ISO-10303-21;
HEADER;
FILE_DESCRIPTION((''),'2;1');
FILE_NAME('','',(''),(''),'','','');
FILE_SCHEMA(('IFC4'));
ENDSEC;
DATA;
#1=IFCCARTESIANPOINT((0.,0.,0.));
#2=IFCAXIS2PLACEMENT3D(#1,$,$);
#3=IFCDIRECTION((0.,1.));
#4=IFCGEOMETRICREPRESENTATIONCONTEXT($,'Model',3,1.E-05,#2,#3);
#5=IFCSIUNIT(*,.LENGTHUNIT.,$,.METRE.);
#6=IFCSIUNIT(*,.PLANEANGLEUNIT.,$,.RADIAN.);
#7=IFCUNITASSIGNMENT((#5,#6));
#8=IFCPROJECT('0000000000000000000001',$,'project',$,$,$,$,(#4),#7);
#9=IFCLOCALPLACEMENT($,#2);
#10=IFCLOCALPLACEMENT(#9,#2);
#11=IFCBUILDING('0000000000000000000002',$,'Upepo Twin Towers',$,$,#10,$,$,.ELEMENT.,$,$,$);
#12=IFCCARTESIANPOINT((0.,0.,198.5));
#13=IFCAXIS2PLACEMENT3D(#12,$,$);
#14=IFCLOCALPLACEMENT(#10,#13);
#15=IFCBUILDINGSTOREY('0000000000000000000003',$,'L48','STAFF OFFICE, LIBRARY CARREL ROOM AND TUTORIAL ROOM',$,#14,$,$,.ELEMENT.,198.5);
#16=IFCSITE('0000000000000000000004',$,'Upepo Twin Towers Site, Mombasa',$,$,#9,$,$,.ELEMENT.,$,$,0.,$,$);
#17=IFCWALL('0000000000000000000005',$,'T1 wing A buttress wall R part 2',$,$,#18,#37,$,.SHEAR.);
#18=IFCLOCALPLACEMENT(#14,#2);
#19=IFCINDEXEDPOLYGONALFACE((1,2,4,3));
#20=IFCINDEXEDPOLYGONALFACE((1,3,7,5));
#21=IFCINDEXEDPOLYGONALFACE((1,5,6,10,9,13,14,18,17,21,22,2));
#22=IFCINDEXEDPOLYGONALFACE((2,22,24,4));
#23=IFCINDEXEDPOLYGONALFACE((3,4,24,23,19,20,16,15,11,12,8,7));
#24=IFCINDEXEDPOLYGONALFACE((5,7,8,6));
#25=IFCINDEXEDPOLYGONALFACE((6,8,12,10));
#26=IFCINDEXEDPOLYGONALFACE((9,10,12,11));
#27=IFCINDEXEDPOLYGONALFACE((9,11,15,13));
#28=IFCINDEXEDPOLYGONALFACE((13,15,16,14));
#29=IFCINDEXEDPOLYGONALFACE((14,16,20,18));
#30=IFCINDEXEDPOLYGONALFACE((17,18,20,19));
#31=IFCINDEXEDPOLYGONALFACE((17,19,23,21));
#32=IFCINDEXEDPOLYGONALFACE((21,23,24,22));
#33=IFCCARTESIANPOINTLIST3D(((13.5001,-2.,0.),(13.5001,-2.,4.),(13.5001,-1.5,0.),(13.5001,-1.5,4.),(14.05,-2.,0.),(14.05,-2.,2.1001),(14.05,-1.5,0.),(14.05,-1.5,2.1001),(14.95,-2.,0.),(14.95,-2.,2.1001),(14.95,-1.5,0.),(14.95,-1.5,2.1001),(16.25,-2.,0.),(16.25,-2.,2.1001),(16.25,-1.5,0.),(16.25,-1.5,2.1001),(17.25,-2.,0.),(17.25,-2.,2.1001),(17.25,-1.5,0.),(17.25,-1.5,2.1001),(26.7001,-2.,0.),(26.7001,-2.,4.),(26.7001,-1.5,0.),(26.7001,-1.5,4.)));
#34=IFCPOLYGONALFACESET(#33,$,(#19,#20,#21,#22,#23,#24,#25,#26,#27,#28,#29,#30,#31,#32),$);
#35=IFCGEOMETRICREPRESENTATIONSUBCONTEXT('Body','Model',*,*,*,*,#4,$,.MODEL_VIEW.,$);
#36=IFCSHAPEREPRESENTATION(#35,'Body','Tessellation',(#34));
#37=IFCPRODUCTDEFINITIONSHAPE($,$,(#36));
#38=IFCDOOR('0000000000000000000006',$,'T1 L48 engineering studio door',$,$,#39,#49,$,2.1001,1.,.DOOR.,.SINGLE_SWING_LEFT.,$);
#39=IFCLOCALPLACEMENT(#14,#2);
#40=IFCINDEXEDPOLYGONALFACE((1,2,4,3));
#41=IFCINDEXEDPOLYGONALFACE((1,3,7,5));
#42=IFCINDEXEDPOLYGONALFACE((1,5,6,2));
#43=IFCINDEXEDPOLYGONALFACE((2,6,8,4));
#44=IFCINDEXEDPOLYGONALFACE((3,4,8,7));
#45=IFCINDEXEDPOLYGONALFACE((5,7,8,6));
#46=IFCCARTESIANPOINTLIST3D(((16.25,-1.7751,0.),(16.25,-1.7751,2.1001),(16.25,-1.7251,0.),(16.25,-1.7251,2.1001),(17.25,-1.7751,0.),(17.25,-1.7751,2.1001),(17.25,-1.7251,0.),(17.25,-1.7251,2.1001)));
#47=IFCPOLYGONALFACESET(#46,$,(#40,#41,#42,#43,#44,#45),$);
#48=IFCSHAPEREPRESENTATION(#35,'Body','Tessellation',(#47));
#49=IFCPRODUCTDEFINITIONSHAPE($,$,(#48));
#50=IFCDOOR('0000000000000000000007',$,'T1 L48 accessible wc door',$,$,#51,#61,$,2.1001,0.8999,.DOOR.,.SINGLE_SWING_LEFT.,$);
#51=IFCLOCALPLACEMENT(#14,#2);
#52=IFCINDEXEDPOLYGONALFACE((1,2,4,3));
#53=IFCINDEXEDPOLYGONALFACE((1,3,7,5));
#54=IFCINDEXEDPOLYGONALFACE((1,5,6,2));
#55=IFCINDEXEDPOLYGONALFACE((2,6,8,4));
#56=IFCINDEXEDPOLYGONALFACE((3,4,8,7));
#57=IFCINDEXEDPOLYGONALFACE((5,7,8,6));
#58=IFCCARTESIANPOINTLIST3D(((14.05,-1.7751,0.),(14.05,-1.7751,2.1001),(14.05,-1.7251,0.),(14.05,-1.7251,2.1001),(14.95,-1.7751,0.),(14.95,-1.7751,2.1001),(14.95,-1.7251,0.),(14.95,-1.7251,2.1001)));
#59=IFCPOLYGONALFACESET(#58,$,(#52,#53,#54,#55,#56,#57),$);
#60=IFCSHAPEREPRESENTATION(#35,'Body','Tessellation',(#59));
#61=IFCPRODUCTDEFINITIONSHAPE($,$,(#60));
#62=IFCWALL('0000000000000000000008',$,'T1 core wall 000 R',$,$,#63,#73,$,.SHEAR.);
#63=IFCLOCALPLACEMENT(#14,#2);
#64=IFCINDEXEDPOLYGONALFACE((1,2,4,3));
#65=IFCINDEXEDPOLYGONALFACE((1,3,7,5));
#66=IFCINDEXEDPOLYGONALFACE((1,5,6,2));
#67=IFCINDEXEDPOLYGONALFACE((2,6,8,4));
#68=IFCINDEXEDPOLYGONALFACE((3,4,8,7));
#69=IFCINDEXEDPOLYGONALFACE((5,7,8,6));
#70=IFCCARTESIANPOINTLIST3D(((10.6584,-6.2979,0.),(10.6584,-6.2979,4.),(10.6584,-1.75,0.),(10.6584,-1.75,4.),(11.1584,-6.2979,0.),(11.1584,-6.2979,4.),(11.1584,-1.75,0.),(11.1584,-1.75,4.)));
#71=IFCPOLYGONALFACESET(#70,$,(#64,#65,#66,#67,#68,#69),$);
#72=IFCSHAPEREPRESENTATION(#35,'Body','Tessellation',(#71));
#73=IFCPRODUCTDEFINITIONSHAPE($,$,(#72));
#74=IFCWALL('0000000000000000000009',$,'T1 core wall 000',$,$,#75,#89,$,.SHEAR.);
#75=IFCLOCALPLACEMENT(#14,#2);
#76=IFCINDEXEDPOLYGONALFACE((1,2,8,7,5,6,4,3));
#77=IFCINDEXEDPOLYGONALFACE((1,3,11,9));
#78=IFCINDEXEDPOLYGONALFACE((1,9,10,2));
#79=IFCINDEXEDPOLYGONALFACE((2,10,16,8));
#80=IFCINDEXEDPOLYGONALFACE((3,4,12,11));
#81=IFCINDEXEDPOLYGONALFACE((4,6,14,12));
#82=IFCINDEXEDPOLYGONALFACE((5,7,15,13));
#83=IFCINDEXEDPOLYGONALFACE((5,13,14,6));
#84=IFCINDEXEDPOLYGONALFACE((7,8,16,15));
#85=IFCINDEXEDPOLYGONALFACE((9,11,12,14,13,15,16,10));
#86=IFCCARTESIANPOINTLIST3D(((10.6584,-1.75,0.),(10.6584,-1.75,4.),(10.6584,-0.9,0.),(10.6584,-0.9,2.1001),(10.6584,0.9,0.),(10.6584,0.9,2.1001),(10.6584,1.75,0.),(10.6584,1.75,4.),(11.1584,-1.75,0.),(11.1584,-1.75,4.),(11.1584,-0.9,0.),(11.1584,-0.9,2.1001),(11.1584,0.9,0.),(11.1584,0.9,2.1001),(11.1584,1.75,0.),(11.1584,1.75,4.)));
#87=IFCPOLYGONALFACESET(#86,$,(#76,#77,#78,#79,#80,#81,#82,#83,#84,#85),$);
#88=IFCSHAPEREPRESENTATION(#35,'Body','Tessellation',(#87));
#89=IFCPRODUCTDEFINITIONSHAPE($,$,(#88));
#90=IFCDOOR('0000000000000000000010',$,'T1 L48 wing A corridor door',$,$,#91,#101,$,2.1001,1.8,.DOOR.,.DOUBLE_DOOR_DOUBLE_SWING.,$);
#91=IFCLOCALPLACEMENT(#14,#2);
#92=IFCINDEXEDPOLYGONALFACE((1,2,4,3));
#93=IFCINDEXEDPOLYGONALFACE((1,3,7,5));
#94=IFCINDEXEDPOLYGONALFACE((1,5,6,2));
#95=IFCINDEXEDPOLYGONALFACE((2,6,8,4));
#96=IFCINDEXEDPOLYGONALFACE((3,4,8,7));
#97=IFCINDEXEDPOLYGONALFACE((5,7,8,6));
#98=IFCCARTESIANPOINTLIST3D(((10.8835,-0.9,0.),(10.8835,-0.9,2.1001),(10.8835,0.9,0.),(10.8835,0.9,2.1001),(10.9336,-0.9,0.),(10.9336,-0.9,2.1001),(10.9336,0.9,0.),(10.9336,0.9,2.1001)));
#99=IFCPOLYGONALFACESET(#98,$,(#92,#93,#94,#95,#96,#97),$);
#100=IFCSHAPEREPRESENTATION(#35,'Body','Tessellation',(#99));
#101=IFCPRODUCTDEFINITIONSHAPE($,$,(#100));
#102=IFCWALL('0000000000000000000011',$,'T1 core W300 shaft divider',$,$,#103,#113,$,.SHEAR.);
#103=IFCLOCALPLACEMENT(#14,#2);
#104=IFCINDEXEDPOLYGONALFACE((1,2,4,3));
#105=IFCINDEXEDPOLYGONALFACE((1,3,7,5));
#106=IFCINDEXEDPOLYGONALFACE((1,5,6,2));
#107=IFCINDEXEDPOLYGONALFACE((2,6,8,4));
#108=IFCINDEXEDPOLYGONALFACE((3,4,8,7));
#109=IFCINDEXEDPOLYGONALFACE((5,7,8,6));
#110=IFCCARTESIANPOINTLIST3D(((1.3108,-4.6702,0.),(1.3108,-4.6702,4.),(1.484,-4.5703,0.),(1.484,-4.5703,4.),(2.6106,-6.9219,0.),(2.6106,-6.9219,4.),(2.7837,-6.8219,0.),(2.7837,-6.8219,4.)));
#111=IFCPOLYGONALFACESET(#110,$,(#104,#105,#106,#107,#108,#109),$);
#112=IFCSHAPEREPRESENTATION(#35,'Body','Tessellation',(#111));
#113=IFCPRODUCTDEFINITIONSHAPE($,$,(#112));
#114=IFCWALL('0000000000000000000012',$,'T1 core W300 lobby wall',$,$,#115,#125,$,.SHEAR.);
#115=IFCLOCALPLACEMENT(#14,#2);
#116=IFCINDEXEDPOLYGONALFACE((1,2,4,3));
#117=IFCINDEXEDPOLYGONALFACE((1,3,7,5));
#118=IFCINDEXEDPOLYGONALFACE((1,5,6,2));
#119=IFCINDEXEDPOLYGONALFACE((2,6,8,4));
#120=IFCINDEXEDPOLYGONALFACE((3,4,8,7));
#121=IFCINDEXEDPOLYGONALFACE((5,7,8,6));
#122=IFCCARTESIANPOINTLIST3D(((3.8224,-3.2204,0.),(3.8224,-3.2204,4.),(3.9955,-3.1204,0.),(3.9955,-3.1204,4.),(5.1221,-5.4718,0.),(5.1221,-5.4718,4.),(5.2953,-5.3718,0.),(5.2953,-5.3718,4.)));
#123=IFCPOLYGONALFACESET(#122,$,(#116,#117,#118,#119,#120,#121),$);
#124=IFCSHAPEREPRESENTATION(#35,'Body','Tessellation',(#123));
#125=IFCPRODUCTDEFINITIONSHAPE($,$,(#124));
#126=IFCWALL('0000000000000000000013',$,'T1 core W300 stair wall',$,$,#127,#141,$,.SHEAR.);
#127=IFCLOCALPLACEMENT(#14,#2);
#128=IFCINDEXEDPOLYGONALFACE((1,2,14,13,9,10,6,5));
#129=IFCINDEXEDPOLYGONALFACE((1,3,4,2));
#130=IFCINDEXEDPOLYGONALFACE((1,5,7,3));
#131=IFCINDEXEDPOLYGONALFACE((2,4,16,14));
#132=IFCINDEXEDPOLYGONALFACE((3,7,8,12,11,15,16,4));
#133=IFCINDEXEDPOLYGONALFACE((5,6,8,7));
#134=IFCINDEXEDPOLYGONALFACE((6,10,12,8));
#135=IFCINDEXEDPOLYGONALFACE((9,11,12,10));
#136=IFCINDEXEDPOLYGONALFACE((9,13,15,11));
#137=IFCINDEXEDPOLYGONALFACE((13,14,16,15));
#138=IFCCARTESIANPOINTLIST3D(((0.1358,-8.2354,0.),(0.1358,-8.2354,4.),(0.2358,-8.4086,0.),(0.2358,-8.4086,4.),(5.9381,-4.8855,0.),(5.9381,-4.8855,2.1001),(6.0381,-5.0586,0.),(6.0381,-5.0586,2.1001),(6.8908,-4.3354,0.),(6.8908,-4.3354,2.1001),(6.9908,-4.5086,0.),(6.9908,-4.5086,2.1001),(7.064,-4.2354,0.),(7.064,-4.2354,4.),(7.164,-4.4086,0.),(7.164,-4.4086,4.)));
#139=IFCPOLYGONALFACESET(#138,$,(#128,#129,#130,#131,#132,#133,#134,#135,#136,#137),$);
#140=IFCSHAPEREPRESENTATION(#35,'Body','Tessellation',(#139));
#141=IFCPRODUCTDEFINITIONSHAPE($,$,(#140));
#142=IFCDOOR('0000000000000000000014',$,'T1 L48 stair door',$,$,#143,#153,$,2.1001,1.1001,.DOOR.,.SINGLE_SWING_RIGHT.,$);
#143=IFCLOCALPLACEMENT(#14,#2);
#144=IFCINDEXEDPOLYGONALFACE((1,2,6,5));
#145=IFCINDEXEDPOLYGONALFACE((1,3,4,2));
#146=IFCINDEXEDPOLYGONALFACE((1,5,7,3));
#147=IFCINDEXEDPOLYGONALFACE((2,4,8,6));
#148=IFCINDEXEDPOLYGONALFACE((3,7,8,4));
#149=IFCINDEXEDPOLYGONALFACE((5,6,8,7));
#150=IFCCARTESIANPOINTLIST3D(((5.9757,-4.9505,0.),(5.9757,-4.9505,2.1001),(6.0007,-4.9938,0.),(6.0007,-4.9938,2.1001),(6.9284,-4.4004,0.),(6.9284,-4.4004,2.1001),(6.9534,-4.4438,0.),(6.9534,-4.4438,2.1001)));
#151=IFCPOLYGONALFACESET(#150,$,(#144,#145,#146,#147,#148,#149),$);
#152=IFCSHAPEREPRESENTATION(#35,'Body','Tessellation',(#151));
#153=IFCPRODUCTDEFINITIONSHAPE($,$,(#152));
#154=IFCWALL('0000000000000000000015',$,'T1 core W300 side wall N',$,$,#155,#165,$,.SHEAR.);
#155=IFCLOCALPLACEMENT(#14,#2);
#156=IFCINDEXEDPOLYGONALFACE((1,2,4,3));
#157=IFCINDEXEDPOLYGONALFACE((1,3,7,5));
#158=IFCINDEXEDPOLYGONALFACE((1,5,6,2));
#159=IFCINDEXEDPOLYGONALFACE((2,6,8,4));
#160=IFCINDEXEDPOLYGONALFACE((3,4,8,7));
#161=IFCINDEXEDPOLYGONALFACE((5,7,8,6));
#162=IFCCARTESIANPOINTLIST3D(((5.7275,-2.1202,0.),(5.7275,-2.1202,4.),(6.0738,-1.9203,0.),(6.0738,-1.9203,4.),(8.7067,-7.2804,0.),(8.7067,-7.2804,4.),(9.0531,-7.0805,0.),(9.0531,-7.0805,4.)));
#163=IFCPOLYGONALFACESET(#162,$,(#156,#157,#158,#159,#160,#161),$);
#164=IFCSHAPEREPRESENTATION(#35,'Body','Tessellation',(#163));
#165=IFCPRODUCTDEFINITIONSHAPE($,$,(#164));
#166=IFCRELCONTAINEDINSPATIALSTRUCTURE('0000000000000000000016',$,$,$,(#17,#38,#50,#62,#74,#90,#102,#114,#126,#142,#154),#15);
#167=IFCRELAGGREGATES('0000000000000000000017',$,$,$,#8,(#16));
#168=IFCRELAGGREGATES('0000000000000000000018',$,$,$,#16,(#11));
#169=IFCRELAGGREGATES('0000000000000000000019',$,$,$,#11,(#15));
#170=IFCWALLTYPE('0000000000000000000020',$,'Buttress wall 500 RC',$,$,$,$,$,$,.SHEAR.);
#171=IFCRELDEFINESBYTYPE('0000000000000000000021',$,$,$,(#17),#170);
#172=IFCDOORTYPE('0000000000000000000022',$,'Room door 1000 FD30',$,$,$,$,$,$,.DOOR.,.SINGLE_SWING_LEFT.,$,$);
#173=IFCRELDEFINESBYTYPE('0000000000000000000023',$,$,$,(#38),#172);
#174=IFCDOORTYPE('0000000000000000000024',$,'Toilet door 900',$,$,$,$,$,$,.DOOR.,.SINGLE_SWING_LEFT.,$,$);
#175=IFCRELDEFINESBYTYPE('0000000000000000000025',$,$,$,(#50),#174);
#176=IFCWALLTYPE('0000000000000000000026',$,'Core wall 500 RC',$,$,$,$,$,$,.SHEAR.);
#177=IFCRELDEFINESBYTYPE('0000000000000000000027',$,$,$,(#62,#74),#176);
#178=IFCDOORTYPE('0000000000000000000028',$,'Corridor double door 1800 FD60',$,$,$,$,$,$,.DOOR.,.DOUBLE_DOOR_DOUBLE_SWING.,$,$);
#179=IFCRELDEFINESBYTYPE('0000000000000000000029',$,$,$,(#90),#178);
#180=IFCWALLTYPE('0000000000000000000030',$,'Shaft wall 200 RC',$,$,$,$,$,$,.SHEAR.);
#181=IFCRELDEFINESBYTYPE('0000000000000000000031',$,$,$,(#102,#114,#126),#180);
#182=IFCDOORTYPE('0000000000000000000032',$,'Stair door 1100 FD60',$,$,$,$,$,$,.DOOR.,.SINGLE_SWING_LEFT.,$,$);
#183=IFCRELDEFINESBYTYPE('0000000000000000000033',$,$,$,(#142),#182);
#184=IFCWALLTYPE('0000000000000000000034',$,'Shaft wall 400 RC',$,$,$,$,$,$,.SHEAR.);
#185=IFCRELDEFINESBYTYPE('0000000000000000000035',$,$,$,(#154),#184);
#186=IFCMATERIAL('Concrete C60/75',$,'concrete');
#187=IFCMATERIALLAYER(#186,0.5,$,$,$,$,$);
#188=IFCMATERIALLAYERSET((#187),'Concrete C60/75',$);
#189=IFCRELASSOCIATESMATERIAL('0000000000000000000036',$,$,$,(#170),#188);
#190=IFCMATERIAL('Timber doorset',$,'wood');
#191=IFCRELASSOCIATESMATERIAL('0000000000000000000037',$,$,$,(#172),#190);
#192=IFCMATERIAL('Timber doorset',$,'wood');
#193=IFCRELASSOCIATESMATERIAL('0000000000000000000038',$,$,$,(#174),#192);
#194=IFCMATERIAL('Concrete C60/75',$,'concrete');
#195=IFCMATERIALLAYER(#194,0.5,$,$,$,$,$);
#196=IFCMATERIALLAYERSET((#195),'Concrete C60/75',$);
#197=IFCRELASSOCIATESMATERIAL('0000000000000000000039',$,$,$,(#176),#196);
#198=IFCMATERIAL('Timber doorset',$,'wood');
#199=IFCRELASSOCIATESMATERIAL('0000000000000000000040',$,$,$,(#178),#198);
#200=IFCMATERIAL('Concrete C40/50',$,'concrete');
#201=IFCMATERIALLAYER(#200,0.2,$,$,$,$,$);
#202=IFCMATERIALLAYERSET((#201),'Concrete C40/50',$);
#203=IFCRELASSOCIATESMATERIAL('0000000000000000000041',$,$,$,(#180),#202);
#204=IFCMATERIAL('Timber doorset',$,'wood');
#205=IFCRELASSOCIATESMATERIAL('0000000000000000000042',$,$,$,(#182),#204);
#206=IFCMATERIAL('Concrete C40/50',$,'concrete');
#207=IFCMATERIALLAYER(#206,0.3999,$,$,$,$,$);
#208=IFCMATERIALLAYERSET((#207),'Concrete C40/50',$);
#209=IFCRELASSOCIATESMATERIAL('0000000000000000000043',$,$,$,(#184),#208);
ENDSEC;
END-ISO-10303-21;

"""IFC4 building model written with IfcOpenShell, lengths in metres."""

from ifc_helpers import new_model, si_unit, direction, frame, frame_2d, origin, place, context, subcontext, project, spatial, rectangle, extrude, material, layer, layer_set, type_object, element, fill, save


model = new_model("IFC4")

# Units and contexts
model_context = context("Model", 3, precision=1e-05, world=origin(), true_north=direction((0.0, 1.0)))
body_context = subcontext(model_context, "Body", "Model", "MODEL_VIEW")
ifc_project = project(units=[si_unit("LENGTHUNIT", "METRE"), si_unit("PLANEANGLEUNIT", "RADIAN")], contexts=[model_context])

# Site, building, storey
site_placement = place(None, origin())
site = spatial("IfcSite", under=ifc_project, at=site_placement, Name="Upepo Twin Towers Site, Mombasa", CompositionType="ELEMENT", RefElevation=0.0)
building_placement = place(site_placement, origin())
building = spatial("IfcBuilding", under=site, at=building_placement, Name="Upepo Twin Towers", CompositionType="ELEMENT")
storey_placement = place(building_placement, frame((0.0, 0.0, 198.5)))
storey = spatial("IfcBuildingStorey", under=building, at=storey_placement, Name="L48", Description="STAFF OFFICE, LIBRARY CARREL ROOM AND TUTORIAL ROOM", CompositionType="ELEMENT", Elevation=198.5)

# Wall, openings, doors
ifc_material_1 = material(Name="Concrete C60/75", Category="concrete")
ifc_layer_1 = layer(ifc_material_1, 0.5)
ifc_layer_set_1 = layer_set([ifc_layer_1], Name="Concrete C60/75")
wall_type_1 = type_object("IfcWallType", Name="Buttress wall 500 RC", PredefinedType="SHEAR", material=ifc_layer_set_1)
wall_1_placement = place(storey_placement, frame((13.5, -1.75, 0.0), z_axis=(0.0, 0.0, 1.0), x_axis=(1.0, 0.0, 0.0)))
wall_1 = element("IfcWall", 1, at=wall_1_placement, inside=storey, type_object=wall_type_1, Name="T1 wing A buttress wall R part 2", PredefinedType="SHEAR", context=body_context, shape_type="SweptSolid", body=[
    extrude(rectangle(XDim=13.2, YDim=0.5, at=frame_2d((6.6001, 0.0))), origin(), (0.0, 0.0, 1.0), 4.0),
])
opening_1_placement = place(wall_1_placement, frame((0.55, 0.0, 0.0)))
opening_1 = element("IfcOpeningElement", 2, at=opening_1_placement, cuts=wall_1, PredefinedType="OPENING", context=body_context, shape_type="SweptSolid", body=[
    extrude(rectangle(XDim=0.8999, YDim=2.1001, at=frame_2d((0.45, 1.05))), frame((0.0, 0.26, 0.0), z_axis=(0.0, -1.0, 0.0), x_axis=(1.0, 0.0, 0.0)), (0.0, 0.0, 1.0), 0.52),
])
opening_2_placement = place(wall_1_placement, frame((2.75, 0.0, 0.0)))
opening_2 = element("IfcOpeningElement", 3, at=opening_2_placement, cuts=wall_1, PredefinedType="OPENING", context=body_context, shape_type="SweptSolid", body=[
    extrude(rectangle(XDim=1.0, YDim=2.1001, at=frame_2d((0.5, 1.05))), frame((0.0, 0.26, 0.0), z_axis=(0.0, -1.0, 0.0), x_axis=(1.0, 0.0, 0.0)), (0.0, 0.0, 1.0), 0.52),
])
ifc_material_2 = material(Name="Timber doorset", Category="wood")
door_type_1 = type_object("IfcDoorType", Name="Room door 1000 FD30", OperationType="SINGLE_SWING_LEFT", PredefinedType="DOOR", material=ifc_material_2)
door_1_placement = place(opening_2_placement, origin())
door_1 = element("IfcDoor", 4, at=door_1_placement, inside=storey, type_object=door_type_1, Name="T1 L48 engineering studio door", OperationType="SINGLE_SWING_LEFT", OverallHeight=2.1001, OverallWidth=1.0, PredefinedType="DOOR", context=body_context, shape_type="SweptSolid", body=[
    extrude(rectangle(XDim=1.0, YDim=2.1001, at=frame_2d((0.5, 1.05))), frame((0.0, 0.0249, 0.0), z_axis=(0.0, -1.0, 0.0), x_axis=(1.0, 0.0, 0.0)), (0.0, 0.0, 1.0), 0.05),
])
fill(opening_2, door_1)
ifc_material_3 = material(Name="Timber doorset", Category="wood")
door_type_2 = type_object("IfcDoorType", Name="Toilet door 900", OperationType="SINGLE_SWING_LEFT", PredefinedType="DOOR", material=ifc_material_3)
door_2_placement = place(opening_1_placement, origin())
door_2 = element("IfcDoor", 5, at=door_2_placement, inside=storey, type_object=door_type_2, Name="T1 L48 accessible wc door", OperationType="SINGLE_SWING_LEFT", OverallHeight=2.1001, OverallWidth=0.8999, PredefinedType="DOOR", context=body_context, shape_type="SweptSolid", body=[
    extrude(rectangle(XDim=0.8999, YDim=2.1001, at=frame_2d((0.45, 1.05))), frame((0.0, 0.0249, 0.0), z_axis=(0.0, -1.0, 0.0), x_axis=(1.0, 0.0, 0.0)), (0.0, 0.0, 1.0), 0.05),
])
fill(opening_1, door_2)

# Wall
ifc_material_4 = material(Name="Concrete C60/75", Category="concrete")
ifc_layer_2 = layer(ifc_material_4, 0.5)
ifc_layer_set_2 = layer_set([ifc_layer_2], Name="Concrete C60/75")
wall_type_2 = type_object("IfcWallType", Name="Core wall 500 RC", PredefinedType="SHEAR", material=ifc_layer_set_2)
wall_2_placement = place(storey_placement, frame((10.9084, -6.2979, 0.0), z_axis=(0.0, 0.0, 1.0), x_axis=(0.0, 1.0, 0.0)))
element("IfcWall", 6, at=wall_2_placement, inside=storey, type_object=wall_type_2, Name="T1 core wall 000 R", PredefinedType="SHEAR", context=body_context, shape_type="SweptSolid", body=[
    extrude(rectangle(XDim=4.5479, YDim=0.5, at=frame_2d((2.2739, 0.0))), origin(), (0.0, 0.0, 1.0), 4.0),
])

# Wall, opening, door
wall_3_placement = place(storey_placement, frame((10.9084, -1.75, 0.0), z_axis=(0.0, 0.0, 1.0), x_axis=(0.0, 1.0, 0.0)))
wall_3 = element("IfcWall", 7, at=wall_3_placement, inside=storey, type_object=wall_type_2, Name="T1 core wall 000", PredefinedType="SHEAR", context=body_context, shape_type="SweptSolid", body=[
    extrude(rectangle(XDim=3.5, YDim=0.5, at=frame_2d((1.75, 0.0))), origin(), (0.0, 0.0, 1.0), 4.0),
])
opening_3_placement = place(wall_3_placement, frame((0.8501, 0.0, 0.0)))
opening_3 = element("IfcOpeningElement", 8, at=opening_3_placement, cuts=wall_3, PredefinedType="OPENING", context=body_context, shape_type="SweptSolid", body=[
    extrude(rectangle(XDim=1.8, YDim=2.1001, at=frame_2d((0.8999, 1.05))), frame((0.0, 0.26, 0.0), z_axis=(0.0, -1.0, 0.0), x_axis=(1.0, 0.0, 0.0)), (0.0, 0.0, 1.0), 0.52),
])
ifc_material_5 = material(Name="Timber doorset", Category="wood")
door_type_3 = type_object("IfcDoorType", Name="Corridor double door 1800 FD60", OperationType="DOUBLE_DOOR_DOUBLE_SWING", PredefinedType="DOOR", material=ifc_material_5)
door_3_placement = place(opening_3_placement, origin())
door_3 = element("IfcDoor", 9, at=door_3_placement, inside=storey, type_object=door_type_3, Name="T1 L48 wing A corridor door", OperationType="DOUBLE_DOOR_DOUBLE_SWING", OverallHeight=2.1001, OverallWidth=1.8, PredefinedType="DOOR", context=body_context, shape_type="SweptSolid", body=[
    extrude(rectangle(XDim=1.8, YDim=2.1001, at=frame_2d((0.8999, 1.05))), frame((0.0, 0.0249, 0.0), z_axis=(0.0, -1.0, 0.0), x_axis=(1.0, 0.0, 0.0)), (0.0, 0.0, 1.0), 0.05),
])
fill(opening_3, door_3)

# Walls
ifc_material_6 = material(Name="Concrete C40/50", Category="concrete")
ifc_layer_3 = layer(ifc_material_6, 0.2)
ifc_layer_set_3 = layer_set([ifc_layer_3], Name="Concrete C40/50")
wall_type_3 = type_object("IfcWallType", Name="Shaft wall 200 RC", PredefinedType="SHEAR", material=ifc_layer_set_3)
wall_4_placement = place(storey_placement, frame((1.3975, -4.6204, 0.0), z_axis=(0.0, 0.0, 1.0), x_axis=(0.499937, -0.866062, 0.0)))
element("IfcWall", 10, at=wall_4_placement, inside=storey, type_object=wall_type_3, Name="T1 core W300 shaft divider", PredefinedType="SHEAR", context=body_context, shape_type="SweptSolid", body=[
    extrude(rectangle(XDim=2.5999, YDim=0.2, at=frame_2d((1.2998, 0.0))), origin(), (0.0, 0.0, 1.0), 4.0),
])
wall_5_placement = place(storey_placement, frame((3.9089, -3.1704, 0.0), z_axis=(0.0, 0.0, 1.0), x_axis=(0.499977, -0.866039, 0.0)))
element("IfcWall", 11, at=wall_5_placement, inside=storey, type_object=wall_type_3, Name="T1 core W300 lobby wall", PredefinedType="SHEAR", context=body_context, shape_type="SweptSolid", body=[
    extrude(rectangle(XDim=2.5996, YDim=0.2, at=frame_2d((1.2998, 0.0))), origin(), (0.0, 0.0, 1.0), 4.0),
])

# Wall, opening, door
wall_6_placement = place(storey_placement, frame((0.1858, -8.322, 0.0), z_axis=(0.0, 0.0, 1.0), x_axis=(0.866026, 0.499999, 0.0)))
wall_6 = element("IfcWall", 12, at=wall_6_placement, inside=storey, type_object=wall_type_3, Name="T1 core W300 stair wall", PredefinedType="SHEAR", context=body_context, shape_type="SweptSolid", body=[
    extrude(rectangle(XDim=8.0, YDim=0.2, at=frame_2d((4.0, 0.0))), origin(), (0.0, 0.0, 1.0), 4.0),
])
opening_4_placement = place(wall_6_placement, frame((6.7, 0.0, 0.0)))
opening_4 = element("IfcOpeningElement", 13, at=opening_4_placement, cuts=wall_6, PredefinedType="OPENING", context=body_context, shape_type="SweptSolid", body=[
    extrude(rectangle(XDim=1.1001, YDim=2.1001, at=frame_2d((0.55, 1.05))), frame((0.0, 0.1099, 0.0), z_axis=(0.0, -1.0, 0.0), x_axis=(1.0, 0.0, 0.0)), (0.0, 0.0, 1.0), 0.22),
])
ifc_material_7 = material(Name="Timber doorset", Category="wood")
door_type_4 = type_object("IfcDoorType", Name="Stair door 1100 FD60", OperationType="SINGLE_SWING_LEFT", PredefinedType="DOOR", material=ifc_material_7)
door_4_placement = place(opening_4_placement, origin())
door_4 = element("IfcDoor", 14, at=door_4_placement, inside=storey, type_object=door_type_4, Name="T1 L48 stair door", OperationType="SINGLE_SWING_RIGHT", OverallHeight=2.1001, OverallWidth=1.1001, PredefinedType="DOOR", context=body_context, shape_type="SweptSolid", body=[
    extrude(rectangle(XDim=1.1001, YDim=2.1001, at=frame_2d((0.55, 1.05))), frame((0.0, 0.0249, 0.0), z_axis=(0.0, -1.0, 0.0), x_axis=(1.0, 0.0, 0.0)), (0.0, 0.0, 1.0), 0.05),
])
fill(opening_4, door_4)

# Wall
ifc_material_8 = material(Name="Concrete C40/50", Category="concrete")
ifc_layer_4 = layer(ifc_material_8, 0.3999)
ifc_layer_set_4 = layer_set([ifc_layer_4], Name="Concrete C40/50")
wall_type_4 = type_object("IfcWallType", Name="Shaft wall 400 RC", PredefinedType="SHEAR", material=ifc_layer_set_4)
wall_7_placement = place(storey_placement, frame((5.9006, -2.0203, 0.0), z_axis=(0.0, 0.0, 1.0), x_axis=(0.500004, -0.866023, 0.0)))
element("IfcWall", 15, at=wall_7_placement, inside=storey, type_object=wall_type_4, Name="T1 core W300 side wall N", PredefinedType="SHEAR", context=body_context, shape_type="SweptSolid", body=[
    extrude(rectangle(XDim=5.9585, YDim=0.3999, at=frame_2d((2.9792, 0.0))), origin(), (0.0, 0.0, 1.0), 4.0),
])

save(model, "model.ifc")
